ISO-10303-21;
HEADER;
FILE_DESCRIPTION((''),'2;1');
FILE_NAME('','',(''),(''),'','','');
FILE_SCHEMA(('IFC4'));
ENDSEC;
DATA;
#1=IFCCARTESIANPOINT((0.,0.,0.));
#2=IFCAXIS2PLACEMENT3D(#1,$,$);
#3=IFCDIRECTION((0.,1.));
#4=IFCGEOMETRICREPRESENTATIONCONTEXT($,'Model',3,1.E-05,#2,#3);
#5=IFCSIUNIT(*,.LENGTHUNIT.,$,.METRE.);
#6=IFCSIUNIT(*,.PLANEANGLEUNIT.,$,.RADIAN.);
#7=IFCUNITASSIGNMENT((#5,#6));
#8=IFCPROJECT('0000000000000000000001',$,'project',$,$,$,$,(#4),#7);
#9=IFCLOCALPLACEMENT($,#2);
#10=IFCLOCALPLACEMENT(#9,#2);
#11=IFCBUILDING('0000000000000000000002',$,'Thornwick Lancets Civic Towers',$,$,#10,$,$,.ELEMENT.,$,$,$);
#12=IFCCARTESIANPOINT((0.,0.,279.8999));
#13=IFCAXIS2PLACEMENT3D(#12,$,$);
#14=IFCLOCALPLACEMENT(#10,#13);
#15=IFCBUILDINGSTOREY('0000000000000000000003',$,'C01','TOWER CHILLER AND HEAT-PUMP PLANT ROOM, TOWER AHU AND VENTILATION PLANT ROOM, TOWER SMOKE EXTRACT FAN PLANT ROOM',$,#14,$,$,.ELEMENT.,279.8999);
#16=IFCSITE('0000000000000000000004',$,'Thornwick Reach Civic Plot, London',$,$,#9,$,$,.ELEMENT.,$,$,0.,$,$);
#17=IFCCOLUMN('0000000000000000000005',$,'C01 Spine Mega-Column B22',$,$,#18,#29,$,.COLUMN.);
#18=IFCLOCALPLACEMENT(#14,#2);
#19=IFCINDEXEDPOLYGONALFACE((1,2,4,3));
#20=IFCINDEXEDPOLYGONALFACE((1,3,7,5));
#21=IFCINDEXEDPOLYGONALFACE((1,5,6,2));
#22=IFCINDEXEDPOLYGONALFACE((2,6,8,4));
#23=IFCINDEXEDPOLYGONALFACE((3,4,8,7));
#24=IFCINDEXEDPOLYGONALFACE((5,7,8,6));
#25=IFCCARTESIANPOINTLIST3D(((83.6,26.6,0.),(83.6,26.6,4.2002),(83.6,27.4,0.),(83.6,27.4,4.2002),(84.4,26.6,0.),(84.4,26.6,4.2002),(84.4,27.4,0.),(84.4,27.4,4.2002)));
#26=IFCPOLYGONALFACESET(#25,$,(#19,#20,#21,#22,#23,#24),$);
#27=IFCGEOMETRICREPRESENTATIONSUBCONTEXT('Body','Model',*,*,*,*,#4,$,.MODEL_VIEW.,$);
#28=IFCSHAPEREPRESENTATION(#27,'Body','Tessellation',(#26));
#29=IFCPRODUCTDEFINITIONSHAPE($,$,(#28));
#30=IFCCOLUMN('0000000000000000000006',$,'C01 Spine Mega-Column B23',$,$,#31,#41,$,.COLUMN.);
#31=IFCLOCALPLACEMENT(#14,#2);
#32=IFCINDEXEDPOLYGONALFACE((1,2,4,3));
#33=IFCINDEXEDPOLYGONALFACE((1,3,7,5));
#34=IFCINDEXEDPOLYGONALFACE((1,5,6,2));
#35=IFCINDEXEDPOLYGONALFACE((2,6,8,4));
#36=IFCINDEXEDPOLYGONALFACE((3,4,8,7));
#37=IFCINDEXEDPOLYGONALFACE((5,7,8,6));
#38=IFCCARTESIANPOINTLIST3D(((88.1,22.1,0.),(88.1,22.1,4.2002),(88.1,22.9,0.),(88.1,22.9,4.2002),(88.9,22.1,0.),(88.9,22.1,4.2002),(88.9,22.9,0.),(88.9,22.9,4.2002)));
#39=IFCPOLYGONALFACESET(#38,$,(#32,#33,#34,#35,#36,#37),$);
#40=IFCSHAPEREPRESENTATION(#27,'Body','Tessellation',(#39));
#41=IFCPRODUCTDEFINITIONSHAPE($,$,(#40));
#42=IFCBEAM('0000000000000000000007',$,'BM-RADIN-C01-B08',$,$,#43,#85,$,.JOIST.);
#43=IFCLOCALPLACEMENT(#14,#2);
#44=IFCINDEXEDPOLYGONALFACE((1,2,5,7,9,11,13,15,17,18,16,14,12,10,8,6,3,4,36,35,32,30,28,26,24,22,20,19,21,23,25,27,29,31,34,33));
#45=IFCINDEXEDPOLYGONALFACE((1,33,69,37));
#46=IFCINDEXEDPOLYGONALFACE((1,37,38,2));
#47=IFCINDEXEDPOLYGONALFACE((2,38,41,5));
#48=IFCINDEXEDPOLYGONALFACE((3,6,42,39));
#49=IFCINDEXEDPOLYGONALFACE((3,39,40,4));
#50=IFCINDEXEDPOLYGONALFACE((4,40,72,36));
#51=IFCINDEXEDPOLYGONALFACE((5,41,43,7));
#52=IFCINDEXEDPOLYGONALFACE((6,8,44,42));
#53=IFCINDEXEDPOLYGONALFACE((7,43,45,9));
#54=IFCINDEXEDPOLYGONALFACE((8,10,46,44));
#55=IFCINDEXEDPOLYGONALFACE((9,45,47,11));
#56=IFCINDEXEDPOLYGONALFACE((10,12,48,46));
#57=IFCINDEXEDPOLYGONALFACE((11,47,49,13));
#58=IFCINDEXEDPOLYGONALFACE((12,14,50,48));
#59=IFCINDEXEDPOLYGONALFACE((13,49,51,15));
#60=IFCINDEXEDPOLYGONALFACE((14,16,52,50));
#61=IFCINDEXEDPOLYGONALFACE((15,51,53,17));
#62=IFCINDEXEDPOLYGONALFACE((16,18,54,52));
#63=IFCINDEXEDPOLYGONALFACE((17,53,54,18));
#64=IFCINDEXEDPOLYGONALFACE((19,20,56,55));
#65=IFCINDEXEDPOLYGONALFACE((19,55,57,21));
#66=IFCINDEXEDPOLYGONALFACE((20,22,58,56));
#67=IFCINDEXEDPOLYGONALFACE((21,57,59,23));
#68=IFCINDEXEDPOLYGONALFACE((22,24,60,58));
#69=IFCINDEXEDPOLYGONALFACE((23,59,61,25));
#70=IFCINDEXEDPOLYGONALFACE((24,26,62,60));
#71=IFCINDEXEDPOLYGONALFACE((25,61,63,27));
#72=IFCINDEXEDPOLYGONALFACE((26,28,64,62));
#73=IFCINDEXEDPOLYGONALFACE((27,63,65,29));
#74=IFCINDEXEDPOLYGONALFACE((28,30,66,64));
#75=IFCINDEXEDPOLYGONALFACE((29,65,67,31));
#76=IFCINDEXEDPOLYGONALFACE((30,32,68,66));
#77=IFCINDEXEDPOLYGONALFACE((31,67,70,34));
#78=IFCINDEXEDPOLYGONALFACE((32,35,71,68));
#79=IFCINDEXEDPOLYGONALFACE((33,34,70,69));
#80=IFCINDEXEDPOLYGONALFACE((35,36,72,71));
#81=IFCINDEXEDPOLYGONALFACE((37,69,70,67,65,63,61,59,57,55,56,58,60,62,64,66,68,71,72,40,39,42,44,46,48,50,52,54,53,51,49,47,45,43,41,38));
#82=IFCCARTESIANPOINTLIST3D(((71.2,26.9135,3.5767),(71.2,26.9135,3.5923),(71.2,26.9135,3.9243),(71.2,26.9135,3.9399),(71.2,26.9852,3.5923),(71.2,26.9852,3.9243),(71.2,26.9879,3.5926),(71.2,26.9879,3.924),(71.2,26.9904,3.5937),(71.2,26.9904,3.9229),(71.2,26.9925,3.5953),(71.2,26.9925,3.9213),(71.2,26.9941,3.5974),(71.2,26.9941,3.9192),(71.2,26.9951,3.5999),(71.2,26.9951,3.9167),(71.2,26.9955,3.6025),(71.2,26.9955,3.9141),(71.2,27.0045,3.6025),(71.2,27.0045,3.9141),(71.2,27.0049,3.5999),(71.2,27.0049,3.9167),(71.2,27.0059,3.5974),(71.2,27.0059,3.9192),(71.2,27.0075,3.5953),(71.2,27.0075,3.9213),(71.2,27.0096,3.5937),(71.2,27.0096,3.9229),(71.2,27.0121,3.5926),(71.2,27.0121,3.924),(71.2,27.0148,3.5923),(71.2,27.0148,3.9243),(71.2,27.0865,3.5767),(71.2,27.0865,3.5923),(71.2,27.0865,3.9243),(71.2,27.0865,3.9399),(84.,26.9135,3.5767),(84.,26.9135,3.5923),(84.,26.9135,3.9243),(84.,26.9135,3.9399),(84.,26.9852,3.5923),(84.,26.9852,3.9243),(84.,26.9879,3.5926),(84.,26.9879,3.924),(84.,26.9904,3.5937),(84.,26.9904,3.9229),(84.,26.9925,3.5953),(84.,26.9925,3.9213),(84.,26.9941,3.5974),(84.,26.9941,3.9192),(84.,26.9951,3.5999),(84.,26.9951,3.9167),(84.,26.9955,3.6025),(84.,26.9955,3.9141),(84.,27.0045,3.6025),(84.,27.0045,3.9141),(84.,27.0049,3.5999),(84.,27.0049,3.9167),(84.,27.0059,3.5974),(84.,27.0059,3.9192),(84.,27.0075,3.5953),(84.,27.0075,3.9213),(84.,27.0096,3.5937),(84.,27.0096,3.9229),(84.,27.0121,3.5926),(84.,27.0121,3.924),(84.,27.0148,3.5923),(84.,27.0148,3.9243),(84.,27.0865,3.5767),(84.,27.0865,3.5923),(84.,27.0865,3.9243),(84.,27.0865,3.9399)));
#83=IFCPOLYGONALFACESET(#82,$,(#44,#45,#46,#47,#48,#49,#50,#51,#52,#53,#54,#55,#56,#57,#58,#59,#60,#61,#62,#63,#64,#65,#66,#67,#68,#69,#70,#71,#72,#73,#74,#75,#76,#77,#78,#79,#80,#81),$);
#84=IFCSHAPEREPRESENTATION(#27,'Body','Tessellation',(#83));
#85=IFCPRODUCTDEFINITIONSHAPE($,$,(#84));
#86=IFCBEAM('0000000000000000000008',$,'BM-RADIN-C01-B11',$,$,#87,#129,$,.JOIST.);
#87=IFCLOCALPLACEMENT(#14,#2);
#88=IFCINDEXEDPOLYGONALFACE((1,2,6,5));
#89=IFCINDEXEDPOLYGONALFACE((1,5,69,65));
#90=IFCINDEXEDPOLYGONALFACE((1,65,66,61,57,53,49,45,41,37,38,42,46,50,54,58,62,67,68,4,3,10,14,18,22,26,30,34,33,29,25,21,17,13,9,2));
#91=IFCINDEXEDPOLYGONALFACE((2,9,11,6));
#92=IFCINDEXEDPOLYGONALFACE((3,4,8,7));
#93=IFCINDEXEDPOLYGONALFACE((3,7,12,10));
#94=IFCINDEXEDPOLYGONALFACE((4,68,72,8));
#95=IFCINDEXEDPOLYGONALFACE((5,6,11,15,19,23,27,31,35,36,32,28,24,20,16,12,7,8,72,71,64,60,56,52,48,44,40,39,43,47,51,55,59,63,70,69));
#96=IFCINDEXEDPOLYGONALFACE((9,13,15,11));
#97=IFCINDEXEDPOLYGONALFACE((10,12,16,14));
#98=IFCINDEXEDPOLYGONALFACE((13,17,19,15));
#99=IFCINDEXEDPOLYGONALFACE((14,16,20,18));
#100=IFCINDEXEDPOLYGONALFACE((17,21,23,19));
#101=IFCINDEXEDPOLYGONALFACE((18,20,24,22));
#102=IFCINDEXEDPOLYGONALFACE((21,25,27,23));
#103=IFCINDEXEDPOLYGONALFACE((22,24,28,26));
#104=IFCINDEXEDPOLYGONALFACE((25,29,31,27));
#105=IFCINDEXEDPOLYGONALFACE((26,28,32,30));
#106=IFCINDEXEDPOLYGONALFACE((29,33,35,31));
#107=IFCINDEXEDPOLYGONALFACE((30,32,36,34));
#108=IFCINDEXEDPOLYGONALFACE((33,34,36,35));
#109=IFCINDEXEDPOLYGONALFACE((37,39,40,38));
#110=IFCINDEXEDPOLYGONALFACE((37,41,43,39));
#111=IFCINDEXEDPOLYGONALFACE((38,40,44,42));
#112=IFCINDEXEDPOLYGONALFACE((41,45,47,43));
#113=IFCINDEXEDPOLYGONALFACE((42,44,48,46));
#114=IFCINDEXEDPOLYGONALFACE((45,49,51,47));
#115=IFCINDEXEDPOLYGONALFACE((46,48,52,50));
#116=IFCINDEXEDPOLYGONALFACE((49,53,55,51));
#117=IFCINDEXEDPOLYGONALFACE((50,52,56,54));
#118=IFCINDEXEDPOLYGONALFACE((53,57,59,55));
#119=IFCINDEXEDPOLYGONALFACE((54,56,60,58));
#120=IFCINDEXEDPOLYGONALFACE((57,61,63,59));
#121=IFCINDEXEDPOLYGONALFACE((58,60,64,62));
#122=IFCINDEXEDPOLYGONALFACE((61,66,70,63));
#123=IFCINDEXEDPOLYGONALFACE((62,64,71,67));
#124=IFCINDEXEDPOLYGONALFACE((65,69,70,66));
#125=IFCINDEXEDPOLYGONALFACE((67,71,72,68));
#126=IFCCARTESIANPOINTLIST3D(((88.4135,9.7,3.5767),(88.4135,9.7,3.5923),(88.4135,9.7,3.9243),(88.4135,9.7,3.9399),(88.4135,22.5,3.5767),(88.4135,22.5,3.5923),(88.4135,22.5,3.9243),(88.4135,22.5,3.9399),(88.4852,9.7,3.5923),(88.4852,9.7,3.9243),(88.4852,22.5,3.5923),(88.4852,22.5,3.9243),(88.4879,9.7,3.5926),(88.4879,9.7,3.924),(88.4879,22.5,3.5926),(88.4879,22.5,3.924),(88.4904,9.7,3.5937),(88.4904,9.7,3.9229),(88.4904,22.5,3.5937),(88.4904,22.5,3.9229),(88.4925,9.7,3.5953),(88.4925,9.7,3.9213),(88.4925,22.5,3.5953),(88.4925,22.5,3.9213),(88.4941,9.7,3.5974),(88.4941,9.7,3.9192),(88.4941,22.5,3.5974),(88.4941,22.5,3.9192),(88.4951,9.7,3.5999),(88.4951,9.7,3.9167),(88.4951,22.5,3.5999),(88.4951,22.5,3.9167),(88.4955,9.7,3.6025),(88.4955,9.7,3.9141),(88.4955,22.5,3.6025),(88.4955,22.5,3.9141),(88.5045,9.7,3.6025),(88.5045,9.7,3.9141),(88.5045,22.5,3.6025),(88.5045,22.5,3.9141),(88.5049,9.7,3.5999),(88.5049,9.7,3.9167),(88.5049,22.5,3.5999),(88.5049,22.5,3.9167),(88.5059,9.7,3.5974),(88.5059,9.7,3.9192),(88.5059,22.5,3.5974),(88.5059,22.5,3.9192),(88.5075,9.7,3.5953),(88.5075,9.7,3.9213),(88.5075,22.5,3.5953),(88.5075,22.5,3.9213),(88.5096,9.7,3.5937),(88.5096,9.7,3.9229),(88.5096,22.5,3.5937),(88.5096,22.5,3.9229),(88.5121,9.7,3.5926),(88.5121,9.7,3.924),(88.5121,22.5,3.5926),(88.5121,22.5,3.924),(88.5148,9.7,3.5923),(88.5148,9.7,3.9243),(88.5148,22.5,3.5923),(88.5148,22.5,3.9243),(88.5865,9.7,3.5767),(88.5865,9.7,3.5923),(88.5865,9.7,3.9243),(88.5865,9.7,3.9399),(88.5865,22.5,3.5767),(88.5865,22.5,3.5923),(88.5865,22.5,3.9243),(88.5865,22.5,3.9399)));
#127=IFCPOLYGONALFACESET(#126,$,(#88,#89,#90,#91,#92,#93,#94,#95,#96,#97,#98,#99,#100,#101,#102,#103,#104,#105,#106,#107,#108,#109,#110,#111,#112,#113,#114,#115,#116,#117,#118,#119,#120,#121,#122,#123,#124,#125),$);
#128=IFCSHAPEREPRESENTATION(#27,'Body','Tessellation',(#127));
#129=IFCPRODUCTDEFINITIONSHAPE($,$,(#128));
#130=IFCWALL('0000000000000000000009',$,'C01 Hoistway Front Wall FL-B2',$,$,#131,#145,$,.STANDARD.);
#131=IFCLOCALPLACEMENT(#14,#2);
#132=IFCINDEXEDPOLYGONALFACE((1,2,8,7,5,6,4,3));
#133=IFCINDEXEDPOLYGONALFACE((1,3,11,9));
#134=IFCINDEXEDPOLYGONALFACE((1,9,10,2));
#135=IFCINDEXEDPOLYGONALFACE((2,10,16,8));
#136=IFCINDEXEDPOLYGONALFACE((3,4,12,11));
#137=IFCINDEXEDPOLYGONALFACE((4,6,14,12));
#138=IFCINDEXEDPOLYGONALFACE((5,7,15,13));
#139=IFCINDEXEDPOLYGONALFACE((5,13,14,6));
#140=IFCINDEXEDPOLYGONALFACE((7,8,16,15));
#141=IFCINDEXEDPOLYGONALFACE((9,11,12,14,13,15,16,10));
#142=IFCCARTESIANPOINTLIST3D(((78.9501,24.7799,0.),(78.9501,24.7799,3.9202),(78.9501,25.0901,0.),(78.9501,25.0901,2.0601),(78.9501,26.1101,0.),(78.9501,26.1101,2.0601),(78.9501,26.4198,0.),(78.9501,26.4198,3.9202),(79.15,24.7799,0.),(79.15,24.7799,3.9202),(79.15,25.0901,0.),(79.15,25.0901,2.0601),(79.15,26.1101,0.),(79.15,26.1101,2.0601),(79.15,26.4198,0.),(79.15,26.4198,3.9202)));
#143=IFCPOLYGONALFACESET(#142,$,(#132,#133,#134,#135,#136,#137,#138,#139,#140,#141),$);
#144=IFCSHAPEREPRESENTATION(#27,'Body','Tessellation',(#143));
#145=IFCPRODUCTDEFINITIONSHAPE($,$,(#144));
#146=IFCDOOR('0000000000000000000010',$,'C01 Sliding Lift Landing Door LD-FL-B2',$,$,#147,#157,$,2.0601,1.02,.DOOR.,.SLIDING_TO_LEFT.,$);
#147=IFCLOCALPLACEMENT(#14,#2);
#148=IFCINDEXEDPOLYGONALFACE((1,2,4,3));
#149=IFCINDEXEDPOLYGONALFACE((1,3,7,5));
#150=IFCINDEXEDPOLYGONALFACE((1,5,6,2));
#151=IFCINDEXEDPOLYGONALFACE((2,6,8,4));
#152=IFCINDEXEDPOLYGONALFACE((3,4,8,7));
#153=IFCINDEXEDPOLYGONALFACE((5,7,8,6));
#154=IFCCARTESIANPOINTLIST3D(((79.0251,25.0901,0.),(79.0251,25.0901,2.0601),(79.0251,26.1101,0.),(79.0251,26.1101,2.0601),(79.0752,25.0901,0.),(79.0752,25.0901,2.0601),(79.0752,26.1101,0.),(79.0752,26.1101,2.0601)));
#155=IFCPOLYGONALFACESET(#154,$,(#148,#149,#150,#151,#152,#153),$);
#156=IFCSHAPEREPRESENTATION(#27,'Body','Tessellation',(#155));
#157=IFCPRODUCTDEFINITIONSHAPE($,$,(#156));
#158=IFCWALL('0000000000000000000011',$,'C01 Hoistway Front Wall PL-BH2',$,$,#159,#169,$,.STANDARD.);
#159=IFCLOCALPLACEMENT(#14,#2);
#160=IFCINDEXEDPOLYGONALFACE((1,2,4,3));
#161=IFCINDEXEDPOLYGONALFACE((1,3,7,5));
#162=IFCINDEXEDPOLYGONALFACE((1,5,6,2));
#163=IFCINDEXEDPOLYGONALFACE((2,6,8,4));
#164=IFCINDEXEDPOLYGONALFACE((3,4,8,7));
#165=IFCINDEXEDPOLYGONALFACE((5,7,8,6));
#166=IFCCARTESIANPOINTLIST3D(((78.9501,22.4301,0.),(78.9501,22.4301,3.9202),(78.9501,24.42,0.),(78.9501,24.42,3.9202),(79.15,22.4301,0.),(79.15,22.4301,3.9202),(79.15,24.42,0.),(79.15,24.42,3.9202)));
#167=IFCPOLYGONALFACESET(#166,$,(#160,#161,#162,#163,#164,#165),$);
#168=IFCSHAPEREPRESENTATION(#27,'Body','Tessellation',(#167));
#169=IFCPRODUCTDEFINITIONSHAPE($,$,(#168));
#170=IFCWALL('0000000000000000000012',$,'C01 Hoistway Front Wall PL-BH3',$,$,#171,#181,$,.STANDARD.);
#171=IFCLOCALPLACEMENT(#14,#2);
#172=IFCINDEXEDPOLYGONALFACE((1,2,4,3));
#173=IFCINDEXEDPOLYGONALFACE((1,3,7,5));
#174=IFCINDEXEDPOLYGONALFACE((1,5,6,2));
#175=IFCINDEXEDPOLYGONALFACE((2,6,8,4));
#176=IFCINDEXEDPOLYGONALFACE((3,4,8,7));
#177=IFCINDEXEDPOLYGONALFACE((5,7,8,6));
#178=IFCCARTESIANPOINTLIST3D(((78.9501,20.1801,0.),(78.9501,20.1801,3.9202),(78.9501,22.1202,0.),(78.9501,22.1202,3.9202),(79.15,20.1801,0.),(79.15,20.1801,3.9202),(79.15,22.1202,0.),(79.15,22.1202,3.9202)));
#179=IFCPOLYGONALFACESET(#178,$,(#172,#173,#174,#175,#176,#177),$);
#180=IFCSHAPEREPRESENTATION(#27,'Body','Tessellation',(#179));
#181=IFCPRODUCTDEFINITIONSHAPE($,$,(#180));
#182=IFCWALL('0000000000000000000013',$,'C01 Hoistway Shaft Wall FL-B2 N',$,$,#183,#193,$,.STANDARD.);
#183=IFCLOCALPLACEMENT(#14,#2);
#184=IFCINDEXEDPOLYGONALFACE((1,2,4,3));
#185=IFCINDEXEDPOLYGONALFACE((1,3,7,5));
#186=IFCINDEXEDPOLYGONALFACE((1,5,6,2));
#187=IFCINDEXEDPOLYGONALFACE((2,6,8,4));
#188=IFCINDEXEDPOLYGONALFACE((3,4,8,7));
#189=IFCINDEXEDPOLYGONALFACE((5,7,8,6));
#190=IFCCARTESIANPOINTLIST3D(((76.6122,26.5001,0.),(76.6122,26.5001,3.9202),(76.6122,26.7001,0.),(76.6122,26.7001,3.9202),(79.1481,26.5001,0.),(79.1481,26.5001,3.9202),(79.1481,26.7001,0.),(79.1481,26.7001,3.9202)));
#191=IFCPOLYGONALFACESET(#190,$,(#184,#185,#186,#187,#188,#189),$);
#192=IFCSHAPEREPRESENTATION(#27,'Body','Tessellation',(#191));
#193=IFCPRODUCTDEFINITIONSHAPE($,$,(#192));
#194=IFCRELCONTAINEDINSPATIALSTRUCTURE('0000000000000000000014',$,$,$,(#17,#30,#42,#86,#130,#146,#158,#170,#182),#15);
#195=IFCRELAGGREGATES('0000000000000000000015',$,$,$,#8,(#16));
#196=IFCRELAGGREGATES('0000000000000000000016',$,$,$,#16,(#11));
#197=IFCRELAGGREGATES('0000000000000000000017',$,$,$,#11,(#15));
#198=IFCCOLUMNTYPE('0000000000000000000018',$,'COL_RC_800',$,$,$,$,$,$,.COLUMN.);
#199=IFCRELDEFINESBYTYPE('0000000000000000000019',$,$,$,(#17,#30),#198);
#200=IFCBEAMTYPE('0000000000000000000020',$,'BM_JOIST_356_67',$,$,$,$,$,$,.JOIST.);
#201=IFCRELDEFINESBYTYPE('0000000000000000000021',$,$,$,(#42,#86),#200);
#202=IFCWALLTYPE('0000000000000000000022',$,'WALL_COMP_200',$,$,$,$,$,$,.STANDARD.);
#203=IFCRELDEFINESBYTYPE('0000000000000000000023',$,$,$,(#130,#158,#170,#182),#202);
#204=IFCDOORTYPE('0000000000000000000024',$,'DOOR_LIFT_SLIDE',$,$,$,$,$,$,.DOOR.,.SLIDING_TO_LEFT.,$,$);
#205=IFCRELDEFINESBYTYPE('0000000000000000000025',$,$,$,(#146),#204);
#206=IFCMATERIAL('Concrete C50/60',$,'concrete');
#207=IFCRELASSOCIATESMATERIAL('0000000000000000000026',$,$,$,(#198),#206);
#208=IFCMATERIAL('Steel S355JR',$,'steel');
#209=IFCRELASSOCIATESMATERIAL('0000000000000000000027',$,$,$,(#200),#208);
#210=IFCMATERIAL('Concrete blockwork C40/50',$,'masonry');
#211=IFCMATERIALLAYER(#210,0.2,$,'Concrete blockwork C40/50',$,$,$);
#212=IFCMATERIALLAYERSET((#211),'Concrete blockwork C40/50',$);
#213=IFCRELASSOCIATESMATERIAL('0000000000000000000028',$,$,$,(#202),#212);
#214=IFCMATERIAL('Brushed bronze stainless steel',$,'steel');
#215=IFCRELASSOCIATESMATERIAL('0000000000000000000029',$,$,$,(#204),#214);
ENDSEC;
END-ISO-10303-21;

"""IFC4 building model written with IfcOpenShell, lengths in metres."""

from ifc_helpers import new_model, si_unit, direction, frame, frame_2d, origin, origin_2d, place, context, subcontext, project, spatial, rectangle, i_section, extrude, material, layer, layer_set, material_profile, profile_set, type_object, element, fill, save


model = new_model("IFC4")

# Units and contexts
model_context = context("Model", 3, precision=1e-05, world=origin(), true_north=direction((0.0, 1.0)))
body_context = subcontext(model_context, "Body", "Model", "MODEL_VIEW")
ifc_project = project(units=[si_unit("LENGTHUNIT", "METRE"), si_unit("PLANEANGLEUNIT", "RADIAN")], contexts=[model_context])

# Site, building, storey
site_placement = place(None, origin())
site = spatial("IfcSite", under=ifc_project, at=site_placement, Name="Thornwick Reach Civic Plot, London", CompositionType="ELEMENT", RefElevation=0.0)
building_placement = place(site_placement, origin())
building = spatial("IfcBuilding", under=site, at=building_placement, Name="Thornwick Lancets Civic Towers", CompositionType="ELEMENT")
storey_placement = place(building_placement, frame((0.0, 0.0, 279.8999)))
storey = spatial("IfcBuildingStorey", under=building, at=storey_placement, Name="C01", Description="TOWER CHILLER AND HEAT-PUMP PLANT ROOM, TOWER AHU AND VENTILATION PLANT ROOM, TOWER SMOKE EXTRACT FAN PLANT ROOM", CompositionType="ELEMENT", Elevation=279.8999)

# Columns
ifc_material_1 = material(Name="Concrete C50/60", Category="concrete")
ifc_material_profile_1 = material_profile(ifc_material_1, rectangle(XDim=0.8, YDim=0.8, at=origin_2d()), Name="RC 800x800")
ifc_profile_set_1 = profile_set([ifc_material_profile_1], Name="Concrete C50/60")
column_type = type_object("IfcColumnType", Name="COL_RC_800", PredefinedType="COLUMN", material=ifc_profile_set_1)
for number, where, z_axis, x_axis, name in (
    (1, (84.0, 27.0, 0.0), (0.0, 0.0, 1.0), (1.0, 0.0, 0.0), "C01 Spine Mega-Column B22"),
    (2, (88.5, 22.5, 0.0), (0.0, 0.0, 1.0), (1.0, 0.0, 0.0), "C01 Spine Mega-Column B23"),
):
    element("IfcColumn", number, at=place(storey_placement, frame(where, z_axis=z_axis, x_axis=x_axis)), inside=storey, type_object=column_type, Name=name, PredefinedType="COLUMN", context=body_context, shape_type="SweptSolid", body=[
        extrude(rectangle(XDim=0.8, YDim=0.8, at=origin_2d()), origin(), (0.0, 0.0, 1.0), 4.2002),
    ])

# Beams
ifc_material_2 = material(Name="Steel S355JR", Category="steel")
ifc_material_profile_2 = material_profile(ifc_material_2, i_section(OverallWidth=0.1731, OverallDepth=0.3633, WebThickness=0.009, FlangeThickness=0.0156, FilletRadius=0.0103, at=origin_2d()), Name="UKB 356x171x67")
ifc_profile_set_2 = profile_set([ifc_material_profile_2], Name="Steel S355JR")
beam_type = type_object("IfcBeamType", Name="BM_JOIST_356_67", PredefinedType="JOIST", material=ifc_profile_set_2)
for number, where, z_axis, x_axis, name in (
    (3, (84.0, 27.0, 3.7583), (-1.0, 0.0, 0.0), (0.0, -1.0, 0.0), "BM-RADIN-C01-B08"),
    (4, (88.5, 22.5, 3.7583), (0.0, -1.0, 0.0), (1.0, 0.0, 0.0), "BM-RADIN-C01-B11"),
):
    element("IfcBeam", number, at=place(storey_placement, frame(where, z_axis=z_axis, x_axis=x_axis)), inside=storey, type_object=beam_type, Name=name, PredefinedType="JOIST", context=body_context, shape_type="SweptSolid", body=[
        extrude(i_section(OverallWidth=0.1731, OverallDepth=0.3633, WebThickness=0.009, FlangeThickness=0.0156, FilletRadius=0.0103, at=origin_2d()), origin(), (0.0, 0.0, 1.0), 12.8),
    ])

# Wall, opening, door
ifc_material_3 = material(Name="Concrete blockwork C40/50", Category="masonry")
ifc_layer_1 = layer(ifc_material_3, 0.2, Name="Concrete blockwork C40/50")
ifc_layer_set_1 = layer_set([ifc_layer_1], Name="Concrete blockwork C40/50")
wall_type_1 = type_object("IfcWallType", Name="WALL_COMP_200", PredefinedType="STANDARD", material=ifc_layer_set_1)
wall_1_placement = place(storey_placement, frame((79.05, 24.78, 0.0), z_axis=(0.0, 0.0, 1.0), x_axis=(0.0, 1.0, 0.0)))
wall_1 = element("IfcWall", 5, at=wall_1_placement, inside=storey, type_object=wall_type_1, Name="C01 Hoistway Front Wall FL-B2", PredefinedType="STANDARD", context=body_context, shape_type="SweptSolid", body=[
    extrude(rectangle(XDim=1.6399, YDim=0.2, at=frame_2d((0.8198, 0.0))), origin(), (0.0, 0.0, 1.0), 3.9202),
])
opening_1_placement = place(wall_1_placement, frame((0.3101, 0.0, 0.0)))
opening_1 = element("IfcOpeningElement", 6, at=opening_1_placement, cuts=wall_1, PredefinedType="OPENING", context=body_context, shape_type="SweptSolid", body=[
    extrude(rectangle(XDim=1.02, YDim=2.0601, at=frame_2d((0.51, 1.03))), frame((0.0, 0.1099, 0.0), z_axis=(0.0, -1.0, 0.0), x_axis=(1.0, 0.0, 0.0)), (0.0, 0.0, 1.0), 0.22),
])
ifc_material_4 = material(Name="Brushed bronze stainless steel", Category="steel")
door_type_1 = type_object("IfcDoorType", Name="DOOR_LIFT_SLIDE", OperationType="SLIDING_TO_LEFT", PredefinedType="DOOR", material=ifc_material_4)
door_1_placement = place(opening_1_placement, origin())
door_1 = element("IfcDoor", 7, at=door_1_placement, inside=storey, type_object=door_type_1, Name="C01 Sliding Lift Landing Door LD-FL-B2", OperationType="SLIDING_TO_LEFT", OverallHeight=2.0601, OverallWidth=1.02, PredefinedType="DOOR", context=body_context, shape_type="SweptSolid", body=[
    extrude(rectangle(XDim=1.02, YDim=2.0601, at=frame_2d((0.51, 1.03))), frame((0.0, 0.0249, 0.0), z_axis=(0.0, -1.0, 0.0), x_axis=(1.0, 0.0, 0.0)), (0.0, 0.0, 1.0), 0.05),
])
fill(opening_1, door_1)

# Walls
wall_2_placement = place(storey_placement, frame((79.05, 22.4299, 0.0), z_axis=(0.0, 0.0, 1.0), x_axis=(0.0, 1.0, 0.0)))
element("IfcWall", 8, at=wall_2_placement, inside=storey, type_object=wall_type_1, Name="C01 Hoistway Front Wall PL-BH2", PredefinedType="STANDARD", context=body_context, shape_type="SweptSolid", body=[
    extrude(rectangle(XDim=1.99, YDim=0.2, at=frame_2d((0.9951, 0.0))), origin(), (0.0, 0.0, 1.0), 3.9202),
])
wall_3_placement = place(storey_placement, frame((79.05, 20.1799, 0.0), z_axis=(0.0, 0.0, 1.0), x_axis=(0.0, 1.0, 0.0)))
element("IfcWall", 9, at=wall_3_placement, inside=storey, type_object=wall_type_1, Name="C01 Hoistway Front Wall PL-BH3", PredefinedType="STANDARD", context=body_context, shape_type="SweptSolid", body=[
    extrude(rectangle(XDim=1.9402, YDim=0.2, at=frame_2d((0.9702, 0.0))), origin(), (0.0, 0.0, 1.0), 3.9202),
])
wall_4_placement = place(storey_placement, frame((76.6121, 26.6001, 0.0), z_axis=(0.0, 0.0, 1.0), x_axis=(1.0, 0.0, 0.0)))
element("IfcWall", 10, at=wall_4_placement, inside=storey, type_object=wall_type_1, Name="C01 Hoistway Shaft Wall FL-B2 N", PredefinedType="STANDARD", context=body_context, shape_type="SweptSolid", body=[
    extrude(rectangle(XDim=2.5359, YDim=0.2, at=frame_2d((1.2681, 0.0))), origin(), (0.0, 0.0, 1.0), 3.9202),
])

save(model, "model.ifc")
